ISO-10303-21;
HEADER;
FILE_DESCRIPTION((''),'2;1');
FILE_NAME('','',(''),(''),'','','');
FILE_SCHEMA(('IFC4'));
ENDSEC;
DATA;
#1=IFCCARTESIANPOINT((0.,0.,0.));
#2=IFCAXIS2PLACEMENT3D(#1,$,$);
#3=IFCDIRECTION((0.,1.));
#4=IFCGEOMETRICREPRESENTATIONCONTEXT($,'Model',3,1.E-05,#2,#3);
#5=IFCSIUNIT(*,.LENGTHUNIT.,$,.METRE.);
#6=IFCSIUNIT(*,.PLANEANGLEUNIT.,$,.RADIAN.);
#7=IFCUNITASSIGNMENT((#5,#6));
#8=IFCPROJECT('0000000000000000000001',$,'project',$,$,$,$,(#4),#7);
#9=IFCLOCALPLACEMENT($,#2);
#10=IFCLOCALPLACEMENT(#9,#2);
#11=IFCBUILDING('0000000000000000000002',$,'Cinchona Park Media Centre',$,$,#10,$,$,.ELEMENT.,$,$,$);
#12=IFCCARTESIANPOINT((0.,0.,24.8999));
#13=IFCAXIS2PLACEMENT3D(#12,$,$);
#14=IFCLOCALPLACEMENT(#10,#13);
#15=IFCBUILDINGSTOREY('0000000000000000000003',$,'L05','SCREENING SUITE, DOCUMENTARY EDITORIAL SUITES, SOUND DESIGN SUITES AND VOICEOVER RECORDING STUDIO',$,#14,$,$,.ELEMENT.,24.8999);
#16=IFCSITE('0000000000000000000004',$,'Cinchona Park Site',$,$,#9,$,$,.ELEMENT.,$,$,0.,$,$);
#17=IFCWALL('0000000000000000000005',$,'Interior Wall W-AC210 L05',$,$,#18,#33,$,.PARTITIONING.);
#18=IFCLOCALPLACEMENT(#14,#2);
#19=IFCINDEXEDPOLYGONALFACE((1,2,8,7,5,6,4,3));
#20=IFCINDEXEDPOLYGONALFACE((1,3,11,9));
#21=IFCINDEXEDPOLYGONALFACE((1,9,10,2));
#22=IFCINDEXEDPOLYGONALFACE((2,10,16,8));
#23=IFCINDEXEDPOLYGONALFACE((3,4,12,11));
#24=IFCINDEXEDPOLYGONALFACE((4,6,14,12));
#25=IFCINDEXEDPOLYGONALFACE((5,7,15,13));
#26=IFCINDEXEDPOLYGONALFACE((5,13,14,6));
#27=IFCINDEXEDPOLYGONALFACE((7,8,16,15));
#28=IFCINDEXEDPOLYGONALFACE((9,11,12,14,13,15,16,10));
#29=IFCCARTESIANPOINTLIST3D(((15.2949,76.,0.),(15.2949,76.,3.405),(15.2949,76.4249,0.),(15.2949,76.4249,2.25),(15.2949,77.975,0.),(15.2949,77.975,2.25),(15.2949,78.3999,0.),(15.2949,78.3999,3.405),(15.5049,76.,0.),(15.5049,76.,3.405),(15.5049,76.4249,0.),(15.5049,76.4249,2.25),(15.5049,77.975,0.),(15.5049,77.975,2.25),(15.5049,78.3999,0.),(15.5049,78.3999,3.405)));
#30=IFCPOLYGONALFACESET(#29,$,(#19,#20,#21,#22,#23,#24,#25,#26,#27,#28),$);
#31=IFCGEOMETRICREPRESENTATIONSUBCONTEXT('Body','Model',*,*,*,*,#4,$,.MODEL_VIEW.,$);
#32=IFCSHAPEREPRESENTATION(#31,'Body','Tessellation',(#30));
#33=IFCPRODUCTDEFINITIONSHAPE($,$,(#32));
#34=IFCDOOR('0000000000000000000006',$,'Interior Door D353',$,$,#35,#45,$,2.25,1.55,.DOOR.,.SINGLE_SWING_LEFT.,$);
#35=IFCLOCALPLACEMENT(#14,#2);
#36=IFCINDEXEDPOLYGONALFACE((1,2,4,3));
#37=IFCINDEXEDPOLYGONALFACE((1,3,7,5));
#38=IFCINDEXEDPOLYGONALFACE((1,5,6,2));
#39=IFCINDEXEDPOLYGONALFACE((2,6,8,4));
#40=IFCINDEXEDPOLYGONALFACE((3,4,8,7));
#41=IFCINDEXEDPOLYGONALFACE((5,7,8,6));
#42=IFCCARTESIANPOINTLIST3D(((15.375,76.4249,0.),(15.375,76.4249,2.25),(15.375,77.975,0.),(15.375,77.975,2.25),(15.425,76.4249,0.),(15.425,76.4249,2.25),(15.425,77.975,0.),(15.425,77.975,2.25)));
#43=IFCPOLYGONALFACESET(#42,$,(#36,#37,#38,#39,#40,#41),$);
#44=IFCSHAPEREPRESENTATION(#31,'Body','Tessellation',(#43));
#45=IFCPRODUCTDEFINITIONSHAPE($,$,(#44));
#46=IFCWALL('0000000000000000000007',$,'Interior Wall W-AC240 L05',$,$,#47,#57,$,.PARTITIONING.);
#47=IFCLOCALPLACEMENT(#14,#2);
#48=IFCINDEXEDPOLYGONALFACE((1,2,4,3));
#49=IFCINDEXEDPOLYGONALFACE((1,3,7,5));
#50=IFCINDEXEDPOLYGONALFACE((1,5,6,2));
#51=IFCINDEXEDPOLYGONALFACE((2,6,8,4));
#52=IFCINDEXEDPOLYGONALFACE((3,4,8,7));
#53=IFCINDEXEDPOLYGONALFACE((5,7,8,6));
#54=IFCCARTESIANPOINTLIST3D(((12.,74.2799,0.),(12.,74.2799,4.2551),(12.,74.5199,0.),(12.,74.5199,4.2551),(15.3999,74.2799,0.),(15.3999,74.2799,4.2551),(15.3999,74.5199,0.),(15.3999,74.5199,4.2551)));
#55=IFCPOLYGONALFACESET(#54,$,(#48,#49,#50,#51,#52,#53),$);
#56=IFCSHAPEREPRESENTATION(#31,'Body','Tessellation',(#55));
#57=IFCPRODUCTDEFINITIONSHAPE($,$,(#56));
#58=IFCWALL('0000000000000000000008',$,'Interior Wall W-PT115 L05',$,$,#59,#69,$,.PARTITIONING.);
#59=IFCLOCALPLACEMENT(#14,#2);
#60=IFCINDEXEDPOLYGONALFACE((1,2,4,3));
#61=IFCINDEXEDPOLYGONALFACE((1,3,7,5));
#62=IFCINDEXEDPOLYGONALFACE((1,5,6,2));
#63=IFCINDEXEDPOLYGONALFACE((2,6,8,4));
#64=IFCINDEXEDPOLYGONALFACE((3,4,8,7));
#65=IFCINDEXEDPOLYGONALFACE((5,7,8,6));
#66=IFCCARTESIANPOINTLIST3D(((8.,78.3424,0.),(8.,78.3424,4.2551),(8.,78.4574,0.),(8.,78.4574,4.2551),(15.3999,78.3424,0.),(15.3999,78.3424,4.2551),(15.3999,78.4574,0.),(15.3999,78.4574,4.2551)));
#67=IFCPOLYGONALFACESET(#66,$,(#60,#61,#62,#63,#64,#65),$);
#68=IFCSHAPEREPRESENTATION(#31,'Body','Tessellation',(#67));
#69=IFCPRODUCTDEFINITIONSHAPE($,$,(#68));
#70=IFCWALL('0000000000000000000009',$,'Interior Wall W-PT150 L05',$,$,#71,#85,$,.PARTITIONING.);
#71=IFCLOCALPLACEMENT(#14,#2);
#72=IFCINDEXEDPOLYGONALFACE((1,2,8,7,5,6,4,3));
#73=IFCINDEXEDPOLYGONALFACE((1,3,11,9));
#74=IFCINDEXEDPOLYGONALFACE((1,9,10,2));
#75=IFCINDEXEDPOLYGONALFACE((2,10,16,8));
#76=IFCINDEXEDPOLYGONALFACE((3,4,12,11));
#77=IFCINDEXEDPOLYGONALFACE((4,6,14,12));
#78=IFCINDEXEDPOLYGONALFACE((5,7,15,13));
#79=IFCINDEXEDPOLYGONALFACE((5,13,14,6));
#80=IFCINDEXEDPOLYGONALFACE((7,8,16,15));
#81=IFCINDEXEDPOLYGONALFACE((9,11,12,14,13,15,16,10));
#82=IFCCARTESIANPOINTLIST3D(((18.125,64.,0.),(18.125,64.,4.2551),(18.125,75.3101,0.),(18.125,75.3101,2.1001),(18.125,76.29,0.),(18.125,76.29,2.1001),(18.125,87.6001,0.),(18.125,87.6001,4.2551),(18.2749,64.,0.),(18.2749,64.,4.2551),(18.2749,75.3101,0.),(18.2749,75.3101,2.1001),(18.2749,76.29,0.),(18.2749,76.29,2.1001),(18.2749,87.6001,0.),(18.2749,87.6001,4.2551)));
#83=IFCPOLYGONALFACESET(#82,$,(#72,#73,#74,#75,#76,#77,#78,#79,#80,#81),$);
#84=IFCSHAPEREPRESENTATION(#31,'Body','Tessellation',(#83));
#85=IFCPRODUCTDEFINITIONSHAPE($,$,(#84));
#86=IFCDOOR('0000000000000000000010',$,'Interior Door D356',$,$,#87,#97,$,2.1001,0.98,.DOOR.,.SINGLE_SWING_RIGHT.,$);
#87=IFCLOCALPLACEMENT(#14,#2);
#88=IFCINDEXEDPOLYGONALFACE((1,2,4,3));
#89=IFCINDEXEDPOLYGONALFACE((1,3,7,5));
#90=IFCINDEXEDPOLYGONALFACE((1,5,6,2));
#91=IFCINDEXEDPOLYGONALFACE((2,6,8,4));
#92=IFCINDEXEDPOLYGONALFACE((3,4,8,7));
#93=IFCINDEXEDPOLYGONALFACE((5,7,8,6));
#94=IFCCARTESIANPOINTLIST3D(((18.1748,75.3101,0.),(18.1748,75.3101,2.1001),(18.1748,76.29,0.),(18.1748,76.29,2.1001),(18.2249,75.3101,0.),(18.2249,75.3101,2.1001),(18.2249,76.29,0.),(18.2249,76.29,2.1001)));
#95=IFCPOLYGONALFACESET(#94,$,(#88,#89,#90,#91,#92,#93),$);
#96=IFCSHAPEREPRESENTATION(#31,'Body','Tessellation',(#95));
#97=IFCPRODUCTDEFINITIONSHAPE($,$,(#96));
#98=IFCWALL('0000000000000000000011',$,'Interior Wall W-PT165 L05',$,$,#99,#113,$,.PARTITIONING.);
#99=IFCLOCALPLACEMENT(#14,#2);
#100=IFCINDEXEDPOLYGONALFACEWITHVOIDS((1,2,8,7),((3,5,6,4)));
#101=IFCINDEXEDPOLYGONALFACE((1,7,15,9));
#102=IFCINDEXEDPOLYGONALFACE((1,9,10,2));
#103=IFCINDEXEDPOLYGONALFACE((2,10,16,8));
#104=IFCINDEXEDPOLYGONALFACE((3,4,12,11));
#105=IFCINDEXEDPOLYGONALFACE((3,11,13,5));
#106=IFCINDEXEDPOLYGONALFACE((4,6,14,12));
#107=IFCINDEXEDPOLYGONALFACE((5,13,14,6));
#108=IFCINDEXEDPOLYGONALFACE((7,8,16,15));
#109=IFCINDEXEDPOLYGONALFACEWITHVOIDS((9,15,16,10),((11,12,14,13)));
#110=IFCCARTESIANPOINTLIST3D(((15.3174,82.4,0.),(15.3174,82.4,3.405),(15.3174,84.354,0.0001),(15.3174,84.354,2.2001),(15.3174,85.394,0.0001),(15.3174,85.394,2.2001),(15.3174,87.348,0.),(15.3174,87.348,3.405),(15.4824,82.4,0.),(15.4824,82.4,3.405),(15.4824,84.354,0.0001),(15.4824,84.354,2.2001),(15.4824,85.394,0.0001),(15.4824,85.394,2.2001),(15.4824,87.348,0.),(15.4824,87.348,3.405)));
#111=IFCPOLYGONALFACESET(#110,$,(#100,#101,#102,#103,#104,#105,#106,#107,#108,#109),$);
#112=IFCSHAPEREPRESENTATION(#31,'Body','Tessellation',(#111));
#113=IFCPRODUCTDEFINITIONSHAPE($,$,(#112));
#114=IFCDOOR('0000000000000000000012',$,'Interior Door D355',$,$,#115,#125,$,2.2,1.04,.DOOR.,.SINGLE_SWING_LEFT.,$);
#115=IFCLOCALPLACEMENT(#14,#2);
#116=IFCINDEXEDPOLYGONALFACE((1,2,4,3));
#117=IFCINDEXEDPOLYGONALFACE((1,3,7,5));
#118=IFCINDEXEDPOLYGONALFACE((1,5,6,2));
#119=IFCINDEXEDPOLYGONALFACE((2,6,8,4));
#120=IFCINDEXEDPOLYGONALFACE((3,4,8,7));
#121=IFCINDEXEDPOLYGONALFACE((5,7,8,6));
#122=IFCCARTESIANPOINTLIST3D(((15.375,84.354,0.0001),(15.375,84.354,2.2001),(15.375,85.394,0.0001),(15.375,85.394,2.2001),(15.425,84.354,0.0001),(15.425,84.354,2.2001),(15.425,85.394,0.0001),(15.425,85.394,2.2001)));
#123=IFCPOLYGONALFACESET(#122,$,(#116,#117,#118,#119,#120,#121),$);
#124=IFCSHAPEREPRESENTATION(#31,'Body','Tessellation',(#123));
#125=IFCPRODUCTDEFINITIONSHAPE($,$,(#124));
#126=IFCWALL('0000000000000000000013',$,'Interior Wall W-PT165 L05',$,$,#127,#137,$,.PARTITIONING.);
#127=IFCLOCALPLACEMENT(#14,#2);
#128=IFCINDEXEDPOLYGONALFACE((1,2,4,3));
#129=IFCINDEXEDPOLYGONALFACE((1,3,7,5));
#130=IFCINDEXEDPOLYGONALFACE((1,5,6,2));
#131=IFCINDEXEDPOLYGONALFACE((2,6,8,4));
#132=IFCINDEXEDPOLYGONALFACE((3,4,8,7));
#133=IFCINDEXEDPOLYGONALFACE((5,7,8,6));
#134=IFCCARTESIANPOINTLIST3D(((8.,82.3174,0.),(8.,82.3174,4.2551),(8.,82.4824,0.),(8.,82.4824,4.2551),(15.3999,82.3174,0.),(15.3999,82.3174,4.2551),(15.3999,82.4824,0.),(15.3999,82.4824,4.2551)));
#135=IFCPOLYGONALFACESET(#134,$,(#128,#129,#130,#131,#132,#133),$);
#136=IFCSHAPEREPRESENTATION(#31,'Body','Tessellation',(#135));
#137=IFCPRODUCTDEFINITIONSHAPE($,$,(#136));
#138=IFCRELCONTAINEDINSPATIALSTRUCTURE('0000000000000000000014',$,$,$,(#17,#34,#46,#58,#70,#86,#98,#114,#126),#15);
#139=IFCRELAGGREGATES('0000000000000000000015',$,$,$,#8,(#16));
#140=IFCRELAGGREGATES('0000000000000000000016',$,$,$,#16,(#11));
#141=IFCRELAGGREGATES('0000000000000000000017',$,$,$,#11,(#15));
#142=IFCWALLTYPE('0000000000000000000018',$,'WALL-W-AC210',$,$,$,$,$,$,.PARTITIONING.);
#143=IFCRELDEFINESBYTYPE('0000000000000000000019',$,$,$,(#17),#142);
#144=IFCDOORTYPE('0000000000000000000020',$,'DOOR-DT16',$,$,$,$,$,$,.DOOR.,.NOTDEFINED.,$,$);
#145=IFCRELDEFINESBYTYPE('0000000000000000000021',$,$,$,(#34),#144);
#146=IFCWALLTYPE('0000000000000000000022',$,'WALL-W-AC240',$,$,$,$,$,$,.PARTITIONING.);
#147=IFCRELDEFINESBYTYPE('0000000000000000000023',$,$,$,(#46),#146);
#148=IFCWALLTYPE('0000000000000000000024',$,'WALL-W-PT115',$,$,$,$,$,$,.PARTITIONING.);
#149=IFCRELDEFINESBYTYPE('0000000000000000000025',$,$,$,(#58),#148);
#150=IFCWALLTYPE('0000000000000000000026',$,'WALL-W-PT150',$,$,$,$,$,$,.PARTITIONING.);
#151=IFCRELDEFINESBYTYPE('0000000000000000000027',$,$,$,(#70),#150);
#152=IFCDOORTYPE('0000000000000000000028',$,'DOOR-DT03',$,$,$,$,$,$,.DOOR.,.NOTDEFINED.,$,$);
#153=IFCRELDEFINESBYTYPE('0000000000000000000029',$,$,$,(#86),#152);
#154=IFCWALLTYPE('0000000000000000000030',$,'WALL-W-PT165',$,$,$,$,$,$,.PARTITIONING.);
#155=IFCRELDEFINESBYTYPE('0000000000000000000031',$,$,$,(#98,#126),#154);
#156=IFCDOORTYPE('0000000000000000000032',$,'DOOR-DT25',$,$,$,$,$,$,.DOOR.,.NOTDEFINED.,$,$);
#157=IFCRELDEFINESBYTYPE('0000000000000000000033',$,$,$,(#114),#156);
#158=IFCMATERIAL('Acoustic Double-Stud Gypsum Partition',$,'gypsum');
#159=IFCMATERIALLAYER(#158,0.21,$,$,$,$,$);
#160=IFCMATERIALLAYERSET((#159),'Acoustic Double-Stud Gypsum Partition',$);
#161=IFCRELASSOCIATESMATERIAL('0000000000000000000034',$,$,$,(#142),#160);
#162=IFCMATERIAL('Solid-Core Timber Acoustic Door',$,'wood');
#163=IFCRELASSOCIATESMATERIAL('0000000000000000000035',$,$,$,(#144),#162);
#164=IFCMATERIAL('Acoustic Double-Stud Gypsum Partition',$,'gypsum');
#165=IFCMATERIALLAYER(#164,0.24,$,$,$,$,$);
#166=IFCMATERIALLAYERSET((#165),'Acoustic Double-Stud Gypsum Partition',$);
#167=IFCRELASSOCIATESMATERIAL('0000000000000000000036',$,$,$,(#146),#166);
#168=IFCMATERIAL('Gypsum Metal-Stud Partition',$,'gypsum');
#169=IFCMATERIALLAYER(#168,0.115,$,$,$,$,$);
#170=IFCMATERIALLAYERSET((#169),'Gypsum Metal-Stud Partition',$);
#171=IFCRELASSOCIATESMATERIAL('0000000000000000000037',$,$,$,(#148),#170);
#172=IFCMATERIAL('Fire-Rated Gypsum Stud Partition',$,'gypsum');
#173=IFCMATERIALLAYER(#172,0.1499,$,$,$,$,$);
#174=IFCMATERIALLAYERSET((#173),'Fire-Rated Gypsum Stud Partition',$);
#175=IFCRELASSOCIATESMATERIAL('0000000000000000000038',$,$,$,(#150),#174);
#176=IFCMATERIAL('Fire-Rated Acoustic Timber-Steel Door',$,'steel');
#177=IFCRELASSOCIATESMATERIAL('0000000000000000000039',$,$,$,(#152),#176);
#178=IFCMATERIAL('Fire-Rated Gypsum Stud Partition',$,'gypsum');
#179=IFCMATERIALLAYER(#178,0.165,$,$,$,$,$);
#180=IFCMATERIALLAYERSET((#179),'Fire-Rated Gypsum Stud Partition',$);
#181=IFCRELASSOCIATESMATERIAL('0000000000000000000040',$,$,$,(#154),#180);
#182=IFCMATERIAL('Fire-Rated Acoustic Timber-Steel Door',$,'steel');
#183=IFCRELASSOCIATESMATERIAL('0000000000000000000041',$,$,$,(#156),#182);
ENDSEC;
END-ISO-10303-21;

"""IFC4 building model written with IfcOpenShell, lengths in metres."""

from ifc_helpers import new_model, si_unit, direction, frame, frame_2d, origin, place, context, subcontext, project, spatial, rectangle, extrude, material, layer, layer_set, type_object, element, fill, save


model = new_model("IFC4")

# Units and contexts
model_context = context("Model", 3, precision=1e-05, world=origin(), true_north=direction((0.0, 1.0)))
body_context = subcontext(model_context, "Body", "Model", "MODEL_VIEW")
ifc_project = project(units=[si_unit("LENGTHUNIT", "METRE"), si_unit("PLANEANGLEUNIT", "RADIAN")], contexts=[model_context])

# Site, building, storey
site_placement = place(None, origin())
site = spatial("IfcSite", under=ifc_project, at=site_placement, Name="Cinchona Park Site", CompositionType="ELEMENT", RefElevation=0.0)
building_placement = place(site_placement, origin())
building = spatial("IfcBuilding", under=site, at=building_placement, Name="Cinchona Park Media Centre", CompositionType="ELEMENT")
storey_placement = place(building_placement, frame((0.0, 0.0, 24.8999)))
storey = spatial("IfcBuildingStorey", under=building, at=storey_placement, Name="L05", Description="SCREENING SUITE, DOCUMENTARY EDITORIAL SUITES, SOUND DESIGN SUITES AND VOICEOVER RECORDING STUDIO", CompositionType="ELEMENT", Elevation=24.8999)

# Wall, opening, door
ifc_material_1 = material(Name="Acoustic Double-Stud Gypsum Partition", Category="gypsum")
ifc_layer_1 = layer(ifc_material_1, 0.21)
ifc_layer_set_1 = layer_set([ifc_layer_1], Name="Acoustic Double-Stud Gypsum Partition")
wall_type_1 = type_object("IfcWallType", Name="WALL-W-AC210", PredefinedType="PARTITIONING", material=ifc_layer_set_1)
wall_1_placement = place(storey_placement, frame((15.3999, 76.0, 0.0), z_axis=(0.0, 0.0, 1.0), x_axis=(0.0, 1.0, 0.0)))
wall_1 = element("IfcWall", 1, at=wall_1_placement, inside=storey, type_object=wall_type_1, Name="Interior Wall W-AC210 L05", PredefinedType="PARTITIONING", context=body_context, shape_type="SweptSolid", body=[
    extrude(rectangle(XDim=2.3999, YDim=0.21, at=frame_2d((1.2, 0.0))), origin(), (0.0, 0.0, 1.0), 3.405),
])
opening_1_placement = place(wall_1_placement, frame((0.425, 0.0, 0.0)))
opening_1 = element("IfcOpeningElement", 2, at=opening_1_placement, cuts=wall_1, PredefinedType="OPENING", context=body_context, shape_type="SweptSolid", body=[
    extrude(rectangle(XDim=1.55, YDim=2.25, at=frame_2d((0.7749, 1.125))), frame((0.0, 0.115, 0.0), z_axis=(0.0, -1.0, 0.0), x_axis=(1.0, 0.0, 0.0)), (0.0, 0.0, 1.0), 0.23),
])
ifc_material_2 = material(Name="Solid-Core Timber Acoustic Door", Category="wood")
door_type_1 = type_object("IfcDoorType", Name="DOOR-DT16", OperationType="NOTDEFINED", PredefinedType="DOOR", material=ifc_material_2)
door_1_placement = place(opening_1_placement, origin())
door_1 = element("IfcDoor", 3, at=door_1_placement, inside=storey, type_object=door_type_1, Name="Interior Door D353", OperationType="SINGLE_SWING_LEFT", OverallHeight=2.25, OverallWidth=1.55, PredefinedType="DOOR", context=body_context, shape_type="SweptSolid", body=[
    extrude(rectangle(XDim=1.55, YDim=2.25, at=frame_2d((0.7749, 1.125))), frame((0.0, 0.0249, 0.0), z_axis=(0.0, -1.0, 0.0), x_axis=(1.0, 0.0, 0.0)), (0.0, 0.0, 1.0), 0.05),
])
fill(opening_1, door_1)
ifc_material_3 = material(Name="Acoustic Double-Stud Gypsum Partition", Category="gypsum")
ifc_layer_2 = layer(ifc_material_3, 0.24)
ifc_layer_set_2 = layer_set([ifc_layer_2], Name="Acoustic Double-Stud Gypsum Partition")
wall_type_2 = type_object("IfcWallType", Name="WALL-W-AC240", PredefinedType="PARTITIONING", material=ifc_layer_set_2)

# Walls
wall_2_placement = place(storey_placement, frame((12.0, 74.3999, 0.0), z_axis=(0.0, 0.0, 1.0), x_axis=(1.0, 0.0, 0.0)))
element("IfcWall", 4, at=wall_2_placement, inside=storey, type_object=wall_type_2, Name="Interior Wall W-AC240 L05", PredefinedType="PARTITIONING", context=body_context, shape_type="SweptSolid", body=[
    extrude(rectangle(XDim=3.3999, YDim=0.24, at=frame_2d((1.7, 0.0))), origin(), (0.0, 0.0, 1.0), 4.2551),
])
ifc_material_4 = material(Name="Gypsum Metal-Stud Partition", Category="gypsum")
ifc_layer_3 = layer(ifc_material_4, 0.115)
ifc_layer_set_3 = layer_set([ifc_layer_3], Name="Gypsum Metal-Stud Partition")
wall_type_3 = type_object("IfcWallType", Name="WALL-W-PT115", PredefinedType="PARTITIONING", material=ifc_layer_set_3)
wall_3_placement = place(storey_placement, frame((8.0, 78.3999, 0.0), z_axis=(0.0, 0.0, 1.0), x_axis=(1.0, 0.0, 0.0)))
element("IfcWall", 5, at=wall_3_placement, inside=storey, type_object=wall_type_3, Name="Interior Wall W-PT115 L05", PredefinedType="PARTITIONING", context=body_context, shape_type="SweptSolid", body=[
    extrude(rectangle(XDim=7.3999, YDim=0.115, at=frame_2d((3.7, 0.0))), origin(), (0.0, 0.0, 1.0), 4.2551),
])

# Walls, openings, doors
ifc_material_5 = material(Name="Fire-Rated Gypsum Stud Partition", Category="gypsum")
ifc_layer_4 = layer(ifc_material_5, 0.1499)
ifc_layer_set_4 = layer_set([ifc_layer_4], Name="Fire-Rated Gypsum Stud Partition")
wall_type_4 = type_object("IfcWallType", Name="WALL-W-PT150", PredefinedType="PARTITIONING", material=ifc_layer_set_4)
wall_4_placement = place(storey_placement, frame((18.2, 87.6001, 0.0), z_axis=(0.0, 0.0, 1.0), x_axis=(0.0, -1.0, 0.0)))
wall_4 = element("IfcWall", 6, at=wall_4_placement, inside=storey, type_object=wall_type_4, Name="Interior Wall W-PT150 L05", PredefinedType="PARTITIONING", context=body_context, shape_type="SweptSolid", body=[
    extrude(rectangle(XDim=23.6001, YDim=0.1499, at=frame_2d((11.8, 0.0))), origin(), (0.0, 0.0, 1.0), 4.2551),
])
opening_2_placement = place(wall_4_placement, frame((11.3101, 0.0, 0.0)))
opening_2 = element("IfcOpeningElement", 7, at=opening_2_placement, cuts=wall_4, PredefinedType="OPENING", context=body_context, shape_type="SweptSolid", body=[
    extrude(rectangle(XDim=0.98, YDim=2.1001, at=frame_2d((0.49, 1.05))), frame((0.0, 0.085, 0.0), z_axis=(0.0, -1.0, 0.0), x_axis=(1.0, 0.0, 0.0)), (0.0, 0.0, 1.0), 0.1699),
])
ifc_material_6 = material(Name="Fire-Rated Acoustic Timber-Steel Door", Category="steel")
door_type_2 = type_object("IfcDoorType", Name="DOOR-DT03", OperationType="NOTDEFINED", PredefinedType="DOOR", material=ifc_material_6)
door_2_placement = place(opening_2_placement, origin())
door_2 = element("IfcDoor", 8, at=door_2_placement, inside=storey, type_object=door_type_2, Name="Interior Door D356", OperationType="SINGLE_SWING_RIGHT", OverallHeight=2.1001, OverallWidth=0.98, PredefinedType="DOOR", context=body_context, shape_type="SweptSolid", body=[
    extrude(rectangle(XDim=0.98, YDim=2.1001, at=frame_2d((0.49, 1.05))), frame((0.0, 0.0249, 0.0), z_axis=(0.0, -1.0, 0.0), x_axis=(1.0, 0.0, 0.0)), (0.0, 0.0, 1.0), 0.05),
])
fill(opening_2, door_2)
ifc_material_7 = material(Name="Fire-Rated Gypsum Stud Partition", Category="gypsum")
ifc_layer_5 = layer(ifc_material_7, 0.165)
ifc_layer_set_5 = layer_set([ifc_layer_5], Name="Fire-Rated Gypsum Stud Partition")
wall_type_5 = type_object("IfcWallType", Name="WALL-W-PT165", PredefinedType="PARTITIONING", material=ifc_layer_set_5)
wall_5_placement = place(storey_placement, frame((15.3999, 82.3999, 0.0), z_axis=(0.0, 0.0, 1.0), x_axis=(0.0, 1.0, 0.0)))
wall_5 = element("IfcWall", 9, at=wall_5_placement, inside=storey, type_object=wall_type_5, Name="Interior Wall W-PT165 L05", PredefinedType="PARTITIONING", context=body_context, shape_type="SweptSolid", body=[
    extrude(rectangle(XDim=4.948, YDim=0.165, at=frame_2d((2.4741, 0.0))), origin(), (0.0, 0.0, 1.0), 3.405),
])
opening_3_placement = place(wall_5_placement, frame((1.9541, 0.0, 0.0)))
opening_3 = element("IfcOpeningElement", 10, at=opening_3_placement, cuts=wall_5, PredefinedType="OPENING", context=body_context, shape_type="SweptSolid", body=[
    extrude(rectangle(XDim=1.04, YDim=2.2, at=frame_2d((0.52, 1.1001))), frame((0.0, 0.0925, 0.0), z_axis=(0.0, -1.0, 0.0), x_axis=(1.0, 0.0, 0.0)), (0.0, 0.0, 1.0), 0.1851),
])
ifc_material_8 = material(Name="Fire-Rated Acoustic Timber-Steel Door", Category="steel")
door_type_3 = type_object("IfcDoorType", Name="DOOR-DT25", OperationType="NOTDEFINED", PredefinedType="DOOR", material=ifc_material_8)
door_3_placement = place(opening_3_placement, origin())
door_3 = element("IfcDoor", 11, at=door_3_placement, inside=storey, type_object=door_type_3, Name="Interior Door D355", OperationType="SINGLE_SWING_LEFT", OverallHeight=2.2, OverallWidth=1.04, PredefinedType="DOOR", context=body_context, shape_type="SweptSolid", body=[
    extrude(rectangle(XDim=1.04, YDim=2.2, at=frame_2d((0.52, 1.1001))), frame((0.0, 0.0249, 0.0), z_axis=(0.0, -1.0, 0.0), x_axis=(1.0, 0.0, 0.0)), (0.0, 0.0, 1.0), 0.05),
])
fill(opening_3, door_3)

# Wall
wall_6_placement = place(storey_placement, frame((8.0, 82.3999, 0.0), z_axis=(0.0, 0.0, 1.0), x_axis=(1.0, 0.0, 0.0)))
element("IfcWall", 12, at=wall_6_placement, inside=storey, type_object=wall_type_5, Name="Interior Wall W-PT165 L05", PredefinedType="PARTITIONING", context=body_context, shape_type="SweptSolid", body=[
    extrude(rectangle(XDim=7.3999, YDim=0.165, at=frame_2d((3.7, 0.0))), origin(), (0.0, 0.0, 1.0), 4.2551),
])

save(model, "model.ifc")
